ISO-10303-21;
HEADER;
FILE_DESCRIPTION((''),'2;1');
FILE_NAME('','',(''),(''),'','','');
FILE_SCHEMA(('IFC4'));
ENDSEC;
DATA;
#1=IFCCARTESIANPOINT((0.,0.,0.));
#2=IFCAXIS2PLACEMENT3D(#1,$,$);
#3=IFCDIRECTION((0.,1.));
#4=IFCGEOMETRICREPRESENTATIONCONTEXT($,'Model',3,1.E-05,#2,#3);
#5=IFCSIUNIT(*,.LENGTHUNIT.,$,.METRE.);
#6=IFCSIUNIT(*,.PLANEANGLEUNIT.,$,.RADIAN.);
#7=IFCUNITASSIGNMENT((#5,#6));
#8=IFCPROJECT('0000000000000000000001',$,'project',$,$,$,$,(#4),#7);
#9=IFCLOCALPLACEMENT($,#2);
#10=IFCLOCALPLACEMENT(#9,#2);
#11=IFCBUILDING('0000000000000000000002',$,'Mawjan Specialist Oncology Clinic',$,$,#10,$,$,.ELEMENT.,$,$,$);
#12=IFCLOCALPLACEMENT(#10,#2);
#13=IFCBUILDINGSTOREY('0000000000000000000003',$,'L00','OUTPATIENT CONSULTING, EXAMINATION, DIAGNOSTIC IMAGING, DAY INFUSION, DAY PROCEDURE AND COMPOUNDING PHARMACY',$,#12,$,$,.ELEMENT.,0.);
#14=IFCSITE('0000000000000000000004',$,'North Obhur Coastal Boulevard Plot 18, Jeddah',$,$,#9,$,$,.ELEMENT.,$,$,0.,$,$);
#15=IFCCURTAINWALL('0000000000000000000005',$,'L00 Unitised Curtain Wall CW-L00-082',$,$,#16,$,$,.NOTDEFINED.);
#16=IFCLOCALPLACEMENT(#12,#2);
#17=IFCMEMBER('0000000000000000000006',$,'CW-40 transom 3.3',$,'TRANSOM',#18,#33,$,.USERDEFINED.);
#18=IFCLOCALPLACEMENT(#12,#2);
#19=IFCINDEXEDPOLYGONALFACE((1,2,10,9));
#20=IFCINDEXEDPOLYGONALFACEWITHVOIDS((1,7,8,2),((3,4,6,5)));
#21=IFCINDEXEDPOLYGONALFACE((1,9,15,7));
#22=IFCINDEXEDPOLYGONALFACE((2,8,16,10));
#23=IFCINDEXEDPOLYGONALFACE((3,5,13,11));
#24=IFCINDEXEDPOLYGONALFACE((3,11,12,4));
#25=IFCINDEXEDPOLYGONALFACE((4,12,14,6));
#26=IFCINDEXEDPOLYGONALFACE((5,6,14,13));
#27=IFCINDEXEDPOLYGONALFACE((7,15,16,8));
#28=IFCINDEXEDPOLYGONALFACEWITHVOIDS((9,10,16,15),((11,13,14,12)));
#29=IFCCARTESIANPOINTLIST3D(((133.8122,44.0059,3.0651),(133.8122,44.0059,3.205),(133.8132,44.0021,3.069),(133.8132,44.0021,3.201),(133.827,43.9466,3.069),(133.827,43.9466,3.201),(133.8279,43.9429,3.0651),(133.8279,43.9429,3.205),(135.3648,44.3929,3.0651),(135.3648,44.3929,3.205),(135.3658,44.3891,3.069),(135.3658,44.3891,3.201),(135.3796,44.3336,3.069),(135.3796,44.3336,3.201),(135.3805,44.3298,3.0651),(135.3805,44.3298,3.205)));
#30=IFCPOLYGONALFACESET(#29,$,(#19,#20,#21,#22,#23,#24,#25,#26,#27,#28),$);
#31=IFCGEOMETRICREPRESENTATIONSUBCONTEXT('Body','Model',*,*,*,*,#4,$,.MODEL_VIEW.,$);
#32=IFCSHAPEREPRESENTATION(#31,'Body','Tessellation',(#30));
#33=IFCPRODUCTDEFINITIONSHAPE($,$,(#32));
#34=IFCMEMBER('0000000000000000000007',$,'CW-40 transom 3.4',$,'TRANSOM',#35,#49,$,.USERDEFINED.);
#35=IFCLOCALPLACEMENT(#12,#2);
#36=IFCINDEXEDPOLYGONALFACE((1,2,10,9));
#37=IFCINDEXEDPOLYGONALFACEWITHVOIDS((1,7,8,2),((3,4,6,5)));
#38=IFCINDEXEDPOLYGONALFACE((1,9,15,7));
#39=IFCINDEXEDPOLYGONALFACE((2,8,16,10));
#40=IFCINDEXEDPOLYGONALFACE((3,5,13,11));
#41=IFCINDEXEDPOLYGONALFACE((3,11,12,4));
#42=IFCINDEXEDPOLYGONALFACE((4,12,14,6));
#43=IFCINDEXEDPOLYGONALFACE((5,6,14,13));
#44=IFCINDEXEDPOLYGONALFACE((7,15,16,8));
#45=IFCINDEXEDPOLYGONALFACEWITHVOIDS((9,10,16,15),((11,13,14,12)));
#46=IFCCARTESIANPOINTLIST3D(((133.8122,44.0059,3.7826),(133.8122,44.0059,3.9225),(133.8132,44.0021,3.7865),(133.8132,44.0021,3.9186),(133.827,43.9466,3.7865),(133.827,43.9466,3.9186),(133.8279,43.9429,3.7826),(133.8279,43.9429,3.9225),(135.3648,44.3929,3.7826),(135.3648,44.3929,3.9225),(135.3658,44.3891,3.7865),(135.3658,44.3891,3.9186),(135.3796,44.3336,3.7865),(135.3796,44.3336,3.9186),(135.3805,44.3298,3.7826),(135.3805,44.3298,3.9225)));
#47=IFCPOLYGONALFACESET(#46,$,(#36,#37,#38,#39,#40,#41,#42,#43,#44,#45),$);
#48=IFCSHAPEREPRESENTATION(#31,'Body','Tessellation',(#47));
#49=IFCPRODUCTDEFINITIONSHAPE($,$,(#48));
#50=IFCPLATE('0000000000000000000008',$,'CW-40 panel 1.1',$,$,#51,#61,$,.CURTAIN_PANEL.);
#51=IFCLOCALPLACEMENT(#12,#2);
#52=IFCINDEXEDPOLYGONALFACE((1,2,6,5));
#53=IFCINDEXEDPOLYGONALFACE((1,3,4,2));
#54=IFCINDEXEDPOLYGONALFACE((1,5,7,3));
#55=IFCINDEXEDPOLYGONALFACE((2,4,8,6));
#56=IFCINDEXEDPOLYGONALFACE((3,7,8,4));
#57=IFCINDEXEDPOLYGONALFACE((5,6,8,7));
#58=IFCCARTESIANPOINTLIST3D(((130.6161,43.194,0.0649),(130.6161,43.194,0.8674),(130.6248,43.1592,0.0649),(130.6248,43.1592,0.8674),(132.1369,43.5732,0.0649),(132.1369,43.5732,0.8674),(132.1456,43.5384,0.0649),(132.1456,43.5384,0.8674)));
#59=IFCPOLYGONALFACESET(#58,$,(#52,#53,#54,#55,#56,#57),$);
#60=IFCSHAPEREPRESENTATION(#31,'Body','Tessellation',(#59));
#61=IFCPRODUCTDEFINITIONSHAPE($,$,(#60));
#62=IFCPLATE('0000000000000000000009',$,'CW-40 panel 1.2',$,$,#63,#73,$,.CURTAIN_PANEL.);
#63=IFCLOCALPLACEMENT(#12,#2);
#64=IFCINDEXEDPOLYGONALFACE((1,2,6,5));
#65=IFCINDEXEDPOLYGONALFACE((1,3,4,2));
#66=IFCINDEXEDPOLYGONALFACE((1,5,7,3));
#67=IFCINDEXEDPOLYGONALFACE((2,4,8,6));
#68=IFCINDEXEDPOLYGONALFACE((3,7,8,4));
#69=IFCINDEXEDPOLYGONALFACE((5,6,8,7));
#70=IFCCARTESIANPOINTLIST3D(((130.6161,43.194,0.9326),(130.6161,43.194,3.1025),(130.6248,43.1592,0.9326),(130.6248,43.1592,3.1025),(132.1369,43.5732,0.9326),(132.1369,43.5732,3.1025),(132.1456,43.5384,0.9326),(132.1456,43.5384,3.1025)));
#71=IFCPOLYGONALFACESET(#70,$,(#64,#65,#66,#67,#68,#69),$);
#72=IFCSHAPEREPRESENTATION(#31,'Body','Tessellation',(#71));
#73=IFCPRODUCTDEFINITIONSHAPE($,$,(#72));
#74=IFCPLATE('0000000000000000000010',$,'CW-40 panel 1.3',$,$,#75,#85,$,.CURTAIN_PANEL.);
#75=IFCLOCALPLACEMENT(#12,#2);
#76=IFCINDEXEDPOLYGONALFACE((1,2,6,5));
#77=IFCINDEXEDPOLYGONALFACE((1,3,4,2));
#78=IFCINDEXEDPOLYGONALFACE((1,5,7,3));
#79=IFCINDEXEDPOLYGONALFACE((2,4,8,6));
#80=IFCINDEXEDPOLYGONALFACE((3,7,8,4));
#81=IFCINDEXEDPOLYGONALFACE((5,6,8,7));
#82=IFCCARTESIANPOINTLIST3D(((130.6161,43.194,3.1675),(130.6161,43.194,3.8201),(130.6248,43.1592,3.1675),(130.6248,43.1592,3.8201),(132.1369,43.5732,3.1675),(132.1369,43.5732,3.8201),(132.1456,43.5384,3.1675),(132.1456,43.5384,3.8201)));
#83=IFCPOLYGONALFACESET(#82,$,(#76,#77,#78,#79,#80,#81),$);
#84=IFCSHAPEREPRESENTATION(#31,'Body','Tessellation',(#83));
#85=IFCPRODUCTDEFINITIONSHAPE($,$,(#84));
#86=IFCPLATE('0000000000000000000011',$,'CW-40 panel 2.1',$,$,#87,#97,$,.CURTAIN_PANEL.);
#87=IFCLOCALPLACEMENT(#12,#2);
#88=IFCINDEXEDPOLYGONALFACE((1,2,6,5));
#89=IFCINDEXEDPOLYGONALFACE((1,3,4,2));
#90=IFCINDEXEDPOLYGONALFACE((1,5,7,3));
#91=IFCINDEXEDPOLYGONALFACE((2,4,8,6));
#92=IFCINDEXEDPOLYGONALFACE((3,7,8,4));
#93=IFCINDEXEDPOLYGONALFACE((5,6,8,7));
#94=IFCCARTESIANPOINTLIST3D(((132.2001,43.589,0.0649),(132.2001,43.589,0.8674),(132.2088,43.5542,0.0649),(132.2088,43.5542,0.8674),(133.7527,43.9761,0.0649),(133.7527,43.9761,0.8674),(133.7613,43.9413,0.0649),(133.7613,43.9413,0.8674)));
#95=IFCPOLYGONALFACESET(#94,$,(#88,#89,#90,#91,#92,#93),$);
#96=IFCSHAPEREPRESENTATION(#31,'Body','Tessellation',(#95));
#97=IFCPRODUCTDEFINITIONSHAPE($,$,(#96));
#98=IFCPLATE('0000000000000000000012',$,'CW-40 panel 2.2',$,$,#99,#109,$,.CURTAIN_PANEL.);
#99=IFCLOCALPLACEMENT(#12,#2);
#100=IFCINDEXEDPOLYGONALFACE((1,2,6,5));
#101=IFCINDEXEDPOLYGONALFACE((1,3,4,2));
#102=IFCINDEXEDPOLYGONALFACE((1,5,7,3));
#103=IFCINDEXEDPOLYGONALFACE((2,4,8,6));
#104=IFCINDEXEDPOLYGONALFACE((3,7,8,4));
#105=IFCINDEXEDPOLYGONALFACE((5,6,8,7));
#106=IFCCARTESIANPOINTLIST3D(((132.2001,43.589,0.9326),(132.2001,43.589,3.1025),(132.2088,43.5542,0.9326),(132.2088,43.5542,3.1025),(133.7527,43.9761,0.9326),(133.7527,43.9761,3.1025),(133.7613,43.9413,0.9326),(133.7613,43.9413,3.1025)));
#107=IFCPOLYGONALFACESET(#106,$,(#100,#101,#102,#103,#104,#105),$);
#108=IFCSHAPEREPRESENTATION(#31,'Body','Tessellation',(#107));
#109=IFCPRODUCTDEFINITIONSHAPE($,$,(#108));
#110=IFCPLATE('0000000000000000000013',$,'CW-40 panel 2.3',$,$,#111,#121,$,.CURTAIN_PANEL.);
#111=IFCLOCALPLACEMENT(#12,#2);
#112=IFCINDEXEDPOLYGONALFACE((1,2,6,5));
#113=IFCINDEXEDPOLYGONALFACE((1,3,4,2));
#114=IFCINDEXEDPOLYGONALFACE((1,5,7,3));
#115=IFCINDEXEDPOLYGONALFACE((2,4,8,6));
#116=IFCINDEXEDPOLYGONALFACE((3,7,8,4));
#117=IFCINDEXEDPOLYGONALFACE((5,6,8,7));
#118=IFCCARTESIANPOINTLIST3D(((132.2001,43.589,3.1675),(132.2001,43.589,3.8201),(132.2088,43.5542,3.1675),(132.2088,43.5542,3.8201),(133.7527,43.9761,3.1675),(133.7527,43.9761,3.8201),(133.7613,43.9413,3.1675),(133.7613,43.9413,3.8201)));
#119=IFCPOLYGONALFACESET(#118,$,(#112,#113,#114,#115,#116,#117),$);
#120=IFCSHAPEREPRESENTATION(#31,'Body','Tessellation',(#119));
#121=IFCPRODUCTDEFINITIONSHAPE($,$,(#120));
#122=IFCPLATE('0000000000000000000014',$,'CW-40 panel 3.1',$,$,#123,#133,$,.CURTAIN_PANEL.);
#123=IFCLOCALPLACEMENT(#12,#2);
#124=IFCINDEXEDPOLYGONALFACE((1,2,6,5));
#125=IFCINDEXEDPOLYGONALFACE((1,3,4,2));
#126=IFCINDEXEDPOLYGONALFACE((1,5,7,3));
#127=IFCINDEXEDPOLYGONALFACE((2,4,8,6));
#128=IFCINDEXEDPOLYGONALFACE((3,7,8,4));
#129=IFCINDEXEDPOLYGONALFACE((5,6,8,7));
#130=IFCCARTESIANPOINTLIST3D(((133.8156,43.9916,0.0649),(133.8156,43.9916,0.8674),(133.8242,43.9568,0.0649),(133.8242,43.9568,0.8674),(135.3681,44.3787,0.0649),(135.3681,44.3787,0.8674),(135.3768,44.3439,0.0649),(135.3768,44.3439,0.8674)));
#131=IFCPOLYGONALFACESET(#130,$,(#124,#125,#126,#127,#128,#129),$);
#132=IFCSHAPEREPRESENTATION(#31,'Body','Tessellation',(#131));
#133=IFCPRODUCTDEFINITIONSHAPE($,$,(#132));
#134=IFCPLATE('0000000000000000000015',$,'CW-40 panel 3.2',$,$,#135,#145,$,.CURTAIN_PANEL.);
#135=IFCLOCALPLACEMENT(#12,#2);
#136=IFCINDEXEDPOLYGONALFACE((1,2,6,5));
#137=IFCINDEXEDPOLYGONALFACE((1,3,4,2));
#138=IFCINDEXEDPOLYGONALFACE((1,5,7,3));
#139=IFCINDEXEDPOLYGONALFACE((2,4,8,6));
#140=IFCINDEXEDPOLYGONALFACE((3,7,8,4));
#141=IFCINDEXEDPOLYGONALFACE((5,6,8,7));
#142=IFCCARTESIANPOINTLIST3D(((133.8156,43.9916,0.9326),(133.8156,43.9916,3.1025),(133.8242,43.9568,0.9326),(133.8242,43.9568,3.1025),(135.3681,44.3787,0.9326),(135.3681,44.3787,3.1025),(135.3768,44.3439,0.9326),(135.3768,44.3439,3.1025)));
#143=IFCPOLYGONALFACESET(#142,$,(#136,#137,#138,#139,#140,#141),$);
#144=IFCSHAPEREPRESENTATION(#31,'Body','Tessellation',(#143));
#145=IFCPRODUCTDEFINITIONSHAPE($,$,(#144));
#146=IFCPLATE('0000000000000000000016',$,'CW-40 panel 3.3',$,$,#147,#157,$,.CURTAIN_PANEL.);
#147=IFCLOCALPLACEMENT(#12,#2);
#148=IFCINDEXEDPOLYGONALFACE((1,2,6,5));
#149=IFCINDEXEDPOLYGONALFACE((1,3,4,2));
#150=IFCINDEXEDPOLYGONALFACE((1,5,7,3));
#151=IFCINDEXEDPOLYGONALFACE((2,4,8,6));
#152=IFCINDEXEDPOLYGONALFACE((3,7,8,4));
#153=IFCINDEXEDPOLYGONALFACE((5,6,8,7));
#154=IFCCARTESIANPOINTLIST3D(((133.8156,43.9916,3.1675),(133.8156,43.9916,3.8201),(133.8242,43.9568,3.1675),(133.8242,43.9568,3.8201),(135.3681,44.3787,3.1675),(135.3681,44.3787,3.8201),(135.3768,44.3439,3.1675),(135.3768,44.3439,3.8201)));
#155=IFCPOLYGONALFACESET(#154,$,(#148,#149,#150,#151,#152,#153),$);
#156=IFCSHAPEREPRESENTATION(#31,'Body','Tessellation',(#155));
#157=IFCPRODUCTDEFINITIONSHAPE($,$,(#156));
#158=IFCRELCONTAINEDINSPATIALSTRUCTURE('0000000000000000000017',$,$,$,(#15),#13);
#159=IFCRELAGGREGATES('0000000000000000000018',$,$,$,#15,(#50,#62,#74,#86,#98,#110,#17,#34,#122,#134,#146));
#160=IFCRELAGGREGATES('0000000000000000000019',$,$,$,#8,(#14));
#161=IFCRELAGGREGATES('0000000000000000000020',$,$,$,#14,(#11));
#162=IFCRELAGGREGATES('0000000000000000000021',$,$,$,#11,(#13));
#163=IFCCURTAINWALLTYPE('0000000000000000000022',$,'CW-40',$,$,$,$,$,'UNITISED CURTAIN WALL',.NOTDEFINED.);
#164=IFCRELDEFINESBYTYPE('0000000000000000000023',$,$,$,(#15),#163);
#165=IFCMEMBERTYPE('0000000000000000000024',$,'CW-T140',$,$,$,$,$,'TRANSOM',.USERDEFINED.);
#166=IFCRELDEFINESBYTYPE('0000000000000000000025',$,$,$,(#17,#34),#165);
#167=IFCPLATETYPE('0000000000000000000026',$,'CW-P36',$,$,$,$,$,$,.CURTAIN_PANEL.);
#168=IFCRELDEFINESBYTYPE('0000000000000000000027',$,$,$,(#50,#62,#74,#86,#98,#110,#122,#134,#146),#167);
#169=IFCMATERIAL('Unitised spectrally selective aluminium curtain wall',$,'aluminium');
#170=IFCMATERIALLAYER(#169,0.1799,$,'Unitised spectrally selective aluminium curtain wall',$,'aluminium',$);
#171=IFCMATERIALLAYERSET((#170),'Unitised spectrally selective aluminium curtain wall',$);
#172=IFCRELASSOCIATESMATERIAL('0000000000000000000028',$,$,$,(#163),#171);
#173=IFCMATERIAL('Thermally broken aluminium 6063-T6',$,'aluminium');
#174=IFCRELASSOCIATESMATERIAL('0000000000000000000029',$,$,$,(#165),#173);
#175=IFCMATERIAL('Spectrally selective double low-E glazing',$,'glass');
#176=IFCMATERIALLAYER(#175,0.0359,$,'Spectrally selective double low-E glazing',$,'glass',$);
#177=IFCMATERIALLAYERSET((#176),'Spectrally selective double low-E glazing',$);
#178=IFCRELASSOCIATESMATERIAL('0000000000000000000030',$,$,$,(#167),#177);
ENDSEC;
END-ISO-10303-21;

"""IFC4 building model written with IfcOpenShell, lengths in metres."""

from ifc_helpers import new_model, si_unit, direction, frame, origin, origin_2d, place, context, subcontext, project, spatial, rectangle, hollow_rectangle, extrude, material, layer, layer_set, material_profile, profile_set, type_object, element, aggregate, save


model = new_model("IFC4")

# Units and contexts
model_context = context("Model", 3, precision=1e-05, world=origin(), true_north=direction((0.0, 1.0)))
body_context = subcontext(model_context, "Body", "Model", "MODEL_VIEW")
ifc_project = project(units=[si_unit("LENGTHUNIT", "METRE"), si_unit("PLANEANGLEUNIT", "RADIAN")], contexts=[model_context])

# Site, building, storey
site_placement = place(None, origin())
site = spatial("IfcSite", under=ifc_project, at=site_placement, Name="North Obhur Coastal Boulevard Plot 18, Jeddah", CompositionType="ELEMENT", RefElevation=0.0)
building_placement = place(site_placement, origin())
building = spatial("IfcBuilding", under=site, at=building_placement, Name="Mawjan Specialist Oncology Clinic", CompositionType="ELEMENT")
storey_placement = place(building_placement, origin())
storey = spatial("IfcBuildingStorey", under=building, at=storey_placement, Name="L00", Description="OUTPATIENT CONSULTING, EXAMINATION, DIAGNOSTIC IMAGING, DAY INFUSION, DAY PROCEDURE AND COMPOUNDING PHARMACY", CompositionType="ELEMENT", Elevation=0.0)

# Curtain wall, members, plates
ifc_material_1 = material(Name="Unitised spectrally selective aluminium curtain wall", Category="aluminium")
ifc_layer_1 = layer(ifc_material_1, 0.1799, Name="Unitised spectrally selective aluminium curtain wall", Category="aluminium")
ifc_layer_set_1 = layer_set([ifc_layer_1], Name="Unitised spectrally selective aluminium curtain wall")
curtain_wall_type = type_object("IfcCurtainWallType", Name="CW-40", ElementType="UNITISED CURTAIN WALL", PredefinedType="NOTDEFINED", material=ifc_layer_set_1)
curtain_wall_placement = place(storey_placement, origin())
curtain_wall = element("IfcCurtainWall", 1, at=curtain_wall_placement, inside=storey, type_object=curtain_wall_type, Name="L00 Unitised Curtain Wall CW-L00-082", PredefinedType="NOTDEFINED")
ifc_material_2 = material(Name="Thermally broken aluminium 6063-T6", Category="aluminium")
ifc_material_profile_1 = material_profile(ifc_material_2, hollow_rectangle(XDim=0.0649, YDim=0.1399, WallThickness=0.0039, at=origin_2d()), Name="ALU TRANSOM 140x65x4", Category="aluminium")
ifc_profile_set_1 = profile_set([ifc_material_profile_1], Name="Thermally broken aluminium 6063-T6")
member_type_1 = type_object("IfcMemberType", Name="CW-T140", ElementType="TRANSOM", PredefinedType="USERDEFINED", material=ifc_profile_set_1)
member_1_placement = place(storey_placement, frame((133.8201, 43.9744, 3.135), z_axis=(0.970313, 0.241853, 0.0), x_axis=(-0.241853, 0.970313, 0.0)))
member_1 = element("IfcMember", 2, at=member_1_placement, type_object=member_type_1, Name="CW-40 transom 3.3", ObjectType="TRANSOM", PredefinedType="USERDEFINED", context=body_context, shape_type="SweptSolid", body=[
    extrude(hollow_rectangle(XDim=0.0649, YDim=0.1399, WallThickness=0.0039, at=origin_2d()), origin(), (0.0, 0.0, 1.0), 1.6001),
])
member_2_placement = place(storey_placement, frame((133.8201, 43.9744, 3.8525), z_axis=(0.970313, 0.241853, 0.0), x_axis=(-0.241853, 0.970313, 0.0)))
member_2 = element("IfcMember", 3, at=member_2_placement, type_object=member_type_1, Name="CW-40 transom 3.4", ObjectType="TRANSOM", PredefinedType="USERDEFINED", context=body_context, shape_type="SweptSolid", body=[
    extrude(hollow_rectangle(XDim=0.0649, YDim=0.1399, WallThickness=0.0039, at=origin_2d()), origin(), (0.0, 0.0, 1.0), 1.6001),
])
ifc_material_3 = material(Name="Spectrally selective double low-E glazing", Category="glass")
ifc_layer_2 = layer(ifc_material_3, 0.0359, Name="Spectrally selective double low-E glazing", Category="glass")
ifc_layer_set_2 = layer_set([ifc_layer_2], Name="Spectrally selective double low-E glazing")
plate_type = type_object("IfcPlateType", Name="CW-P36", PredefinedType="CURTAIN_PANEL", material=ifc_layer_set_2)
plate_1_placement = place(storey_placement, frame((131.3809, 43.3662, 0.0649), z_axis=(0.0, 0.0, 1.0), x_axis=(0.970296, 0.241922, 0.0)))
plate_1 = element("IfcPlate", 4, at=plate_1_placement, type_object=plate_type, Name="CW-40 panel 1.1", PredefinedType="CURTAIN_PANEL", context=body_context, shape_type="SweptSolid", body=[
    extrude(rectangle(XDim=1.5674, YDim=0.0359, at=origin_2d()), origin(), (0.0, 0.0, 1.0), 0.8025),
])
plate_2_placement = place(storey_placement, frame((131.3809, 43.3662, 0.9326), z_axis=(0.0, 0.0, 1.0), x_axis=(0.970296, 0.241922, 0.0)))
plate_2 = element("IfcPlate", 5, at=plate_2_placement, type_object=plate_type, Name="CW-40 panel 1.2", PredefinedType="CURTAIN_PANEL", context=body_context, shape_type="SweptSolid", body=[
    extrude(rectangle(XDim=1.5674, YDim=0.0359, at=origin_2d()), origin(), (0.0, 0.0, 1.0), 2.1699),
])
plate_3_placement = place(storey_placement, frame((131.3809, 43.3662, 3.1675), z_axis=(0.0, 0.0, 1.0), x_axis=(0.970296, 0.241922, 0.0)))
plate_3 = element("IfcPlate", 6, at=plate_3_placement, type_object=plate_type, Name="CW-40 panel 1.3", PredefinedType="CURTAIN_PANEL", context=body_context, shape_type="SweptSolid", body=[
    extrude(rectangle(XDim=1.5674, YDim=0.0359, at=origin_2d()), origin(), (0.0, 0.0, 1.0), 0.6526),
])
plate_4_placement = place(storey_placement, frame((132.9807, 43.7651, 0.0649), z_axis=(0.0, 0.0, 1.0), x_axis=(0.970296, 0.241922, 0.0)))
plate_4 = element("IfcPlate", 7, at=plate_4_placement, type_object=plate_type, Name="CW-40 panel 2.1", PredefinedType="CURTAIN_PANEL", context=body_context, shape_type="SweptSolid", body=[
    extrude(rectangle(XDim=1.6001, YDim=0.0359, at=origin_2d()), origin(), (0.0, 0.0, 1.0), 0.8025),
])
plate_5_placement = place(storey_placement, frame((132.9807, 43.7651, 0.9326), z_axis=(0.0, 0.0, 1.0), x_axis=(0.970296, 0.241922, 0.0)))
plate_5 = element("IfcPlate", 8, at=plate_5_placement, type_object=plate_type, Name="CW-40 panel 2.2", PredefinedType="CURTAIN_PANEL", context=body_context, shape_type="SweptSolid", body=[
    extrude(rectangle(XDim=1.6001, YDim=0.0359, at=origin_2d()), origin(), (0.0, 0.0, 1.0), 2.1699),
])
plate_6_placement = place(storey_placement, frame((132.9807, 43.7651, 3.1675), z_axis=(0.0, 0.0, 1.0), x_axis=(0.970296, 0.241922, 0.0)))
plate_6 = element("IfcPlate", 9, at=plate_6_placement, type_object=plate_type, Name="CW-40 panel 2.3", PredefinedType="CURTAIN_PANEL", context=body_context, shape_type="SweptSolid", body=[
    extrude(rectangle(XDim=1.6001, YDim=0.0359, at=origin_2d()), origin(), (0.0, 0.0, 1.0), 0.6526),
])
plate_7_placement = place(storey_placement, frame((134.5962, 44.1677, 0.0649), z_axis=(0.0, 0.0, 1.0), x_axis=(0.970296, 0.241922, 0.0)))
plate_7 = element("IfcPlate", 10, at=plate_7_placement, type_object=plate_type, Name="CW-40 panel 3.1", PredefinedType="CURTAIN_PANEL", context=body_context, shape_type="SweptSolid", body=[
    extrude(rectangle(XDim=1.6001, YDim=0.0359, at=origin_2d()), origin(), (0.0, 0.0, 1.0), 0.8025),
])
plate_8_placement = place(storey_placement, frame((134.5962, 44.1677, 0.9326), z_axis=(0.0, 0.0, 1.0), x_axis=(0.970296, 0.241922, 0.0)))
plate_8 = element("IfcPlate", 11, at=plate_8_placement, type_object=plate_type, Name="CW-40 panel 3.2", PredefinedType="CURTAIN_PANEL", context=body_context, shape_type="SweptSolid", body=[
    extrude(rectangle(XDim=1.6001, YDim=0.0359, at=origin_2d()), origin(), (0.0, 0.0, 1.0), 2.1699),
])
plate_9_placement = place(storey_placement, frame((134.5962, 44.1677, 3.1675), z_axis=(0.0, 0.0, 1.0), x_axis=(0.970296, 0.241922, 0.0)))
plate_9 = element("IfcPlate", 12, at=plate_9_placement, type_object=plate_type, Name="CW-40 panel 3.3", PredefinedType="CURTAIN_PANEL", context=body_context, shape_type="SweptSolid", body=[
    extrude(rectangle(XDim=1.6001, YDim=0.0359, at=origin_2d()), origin(), (0.0, 0.0, 1.0), 0.6526),
])
aggregate(curtain_wall, [plate_1, plate_2, plate_3, plate_4, plate_5, plate_6, member_1, member_2, plate_7, plate_8, plate_9])

save(model, "model.ifc")
